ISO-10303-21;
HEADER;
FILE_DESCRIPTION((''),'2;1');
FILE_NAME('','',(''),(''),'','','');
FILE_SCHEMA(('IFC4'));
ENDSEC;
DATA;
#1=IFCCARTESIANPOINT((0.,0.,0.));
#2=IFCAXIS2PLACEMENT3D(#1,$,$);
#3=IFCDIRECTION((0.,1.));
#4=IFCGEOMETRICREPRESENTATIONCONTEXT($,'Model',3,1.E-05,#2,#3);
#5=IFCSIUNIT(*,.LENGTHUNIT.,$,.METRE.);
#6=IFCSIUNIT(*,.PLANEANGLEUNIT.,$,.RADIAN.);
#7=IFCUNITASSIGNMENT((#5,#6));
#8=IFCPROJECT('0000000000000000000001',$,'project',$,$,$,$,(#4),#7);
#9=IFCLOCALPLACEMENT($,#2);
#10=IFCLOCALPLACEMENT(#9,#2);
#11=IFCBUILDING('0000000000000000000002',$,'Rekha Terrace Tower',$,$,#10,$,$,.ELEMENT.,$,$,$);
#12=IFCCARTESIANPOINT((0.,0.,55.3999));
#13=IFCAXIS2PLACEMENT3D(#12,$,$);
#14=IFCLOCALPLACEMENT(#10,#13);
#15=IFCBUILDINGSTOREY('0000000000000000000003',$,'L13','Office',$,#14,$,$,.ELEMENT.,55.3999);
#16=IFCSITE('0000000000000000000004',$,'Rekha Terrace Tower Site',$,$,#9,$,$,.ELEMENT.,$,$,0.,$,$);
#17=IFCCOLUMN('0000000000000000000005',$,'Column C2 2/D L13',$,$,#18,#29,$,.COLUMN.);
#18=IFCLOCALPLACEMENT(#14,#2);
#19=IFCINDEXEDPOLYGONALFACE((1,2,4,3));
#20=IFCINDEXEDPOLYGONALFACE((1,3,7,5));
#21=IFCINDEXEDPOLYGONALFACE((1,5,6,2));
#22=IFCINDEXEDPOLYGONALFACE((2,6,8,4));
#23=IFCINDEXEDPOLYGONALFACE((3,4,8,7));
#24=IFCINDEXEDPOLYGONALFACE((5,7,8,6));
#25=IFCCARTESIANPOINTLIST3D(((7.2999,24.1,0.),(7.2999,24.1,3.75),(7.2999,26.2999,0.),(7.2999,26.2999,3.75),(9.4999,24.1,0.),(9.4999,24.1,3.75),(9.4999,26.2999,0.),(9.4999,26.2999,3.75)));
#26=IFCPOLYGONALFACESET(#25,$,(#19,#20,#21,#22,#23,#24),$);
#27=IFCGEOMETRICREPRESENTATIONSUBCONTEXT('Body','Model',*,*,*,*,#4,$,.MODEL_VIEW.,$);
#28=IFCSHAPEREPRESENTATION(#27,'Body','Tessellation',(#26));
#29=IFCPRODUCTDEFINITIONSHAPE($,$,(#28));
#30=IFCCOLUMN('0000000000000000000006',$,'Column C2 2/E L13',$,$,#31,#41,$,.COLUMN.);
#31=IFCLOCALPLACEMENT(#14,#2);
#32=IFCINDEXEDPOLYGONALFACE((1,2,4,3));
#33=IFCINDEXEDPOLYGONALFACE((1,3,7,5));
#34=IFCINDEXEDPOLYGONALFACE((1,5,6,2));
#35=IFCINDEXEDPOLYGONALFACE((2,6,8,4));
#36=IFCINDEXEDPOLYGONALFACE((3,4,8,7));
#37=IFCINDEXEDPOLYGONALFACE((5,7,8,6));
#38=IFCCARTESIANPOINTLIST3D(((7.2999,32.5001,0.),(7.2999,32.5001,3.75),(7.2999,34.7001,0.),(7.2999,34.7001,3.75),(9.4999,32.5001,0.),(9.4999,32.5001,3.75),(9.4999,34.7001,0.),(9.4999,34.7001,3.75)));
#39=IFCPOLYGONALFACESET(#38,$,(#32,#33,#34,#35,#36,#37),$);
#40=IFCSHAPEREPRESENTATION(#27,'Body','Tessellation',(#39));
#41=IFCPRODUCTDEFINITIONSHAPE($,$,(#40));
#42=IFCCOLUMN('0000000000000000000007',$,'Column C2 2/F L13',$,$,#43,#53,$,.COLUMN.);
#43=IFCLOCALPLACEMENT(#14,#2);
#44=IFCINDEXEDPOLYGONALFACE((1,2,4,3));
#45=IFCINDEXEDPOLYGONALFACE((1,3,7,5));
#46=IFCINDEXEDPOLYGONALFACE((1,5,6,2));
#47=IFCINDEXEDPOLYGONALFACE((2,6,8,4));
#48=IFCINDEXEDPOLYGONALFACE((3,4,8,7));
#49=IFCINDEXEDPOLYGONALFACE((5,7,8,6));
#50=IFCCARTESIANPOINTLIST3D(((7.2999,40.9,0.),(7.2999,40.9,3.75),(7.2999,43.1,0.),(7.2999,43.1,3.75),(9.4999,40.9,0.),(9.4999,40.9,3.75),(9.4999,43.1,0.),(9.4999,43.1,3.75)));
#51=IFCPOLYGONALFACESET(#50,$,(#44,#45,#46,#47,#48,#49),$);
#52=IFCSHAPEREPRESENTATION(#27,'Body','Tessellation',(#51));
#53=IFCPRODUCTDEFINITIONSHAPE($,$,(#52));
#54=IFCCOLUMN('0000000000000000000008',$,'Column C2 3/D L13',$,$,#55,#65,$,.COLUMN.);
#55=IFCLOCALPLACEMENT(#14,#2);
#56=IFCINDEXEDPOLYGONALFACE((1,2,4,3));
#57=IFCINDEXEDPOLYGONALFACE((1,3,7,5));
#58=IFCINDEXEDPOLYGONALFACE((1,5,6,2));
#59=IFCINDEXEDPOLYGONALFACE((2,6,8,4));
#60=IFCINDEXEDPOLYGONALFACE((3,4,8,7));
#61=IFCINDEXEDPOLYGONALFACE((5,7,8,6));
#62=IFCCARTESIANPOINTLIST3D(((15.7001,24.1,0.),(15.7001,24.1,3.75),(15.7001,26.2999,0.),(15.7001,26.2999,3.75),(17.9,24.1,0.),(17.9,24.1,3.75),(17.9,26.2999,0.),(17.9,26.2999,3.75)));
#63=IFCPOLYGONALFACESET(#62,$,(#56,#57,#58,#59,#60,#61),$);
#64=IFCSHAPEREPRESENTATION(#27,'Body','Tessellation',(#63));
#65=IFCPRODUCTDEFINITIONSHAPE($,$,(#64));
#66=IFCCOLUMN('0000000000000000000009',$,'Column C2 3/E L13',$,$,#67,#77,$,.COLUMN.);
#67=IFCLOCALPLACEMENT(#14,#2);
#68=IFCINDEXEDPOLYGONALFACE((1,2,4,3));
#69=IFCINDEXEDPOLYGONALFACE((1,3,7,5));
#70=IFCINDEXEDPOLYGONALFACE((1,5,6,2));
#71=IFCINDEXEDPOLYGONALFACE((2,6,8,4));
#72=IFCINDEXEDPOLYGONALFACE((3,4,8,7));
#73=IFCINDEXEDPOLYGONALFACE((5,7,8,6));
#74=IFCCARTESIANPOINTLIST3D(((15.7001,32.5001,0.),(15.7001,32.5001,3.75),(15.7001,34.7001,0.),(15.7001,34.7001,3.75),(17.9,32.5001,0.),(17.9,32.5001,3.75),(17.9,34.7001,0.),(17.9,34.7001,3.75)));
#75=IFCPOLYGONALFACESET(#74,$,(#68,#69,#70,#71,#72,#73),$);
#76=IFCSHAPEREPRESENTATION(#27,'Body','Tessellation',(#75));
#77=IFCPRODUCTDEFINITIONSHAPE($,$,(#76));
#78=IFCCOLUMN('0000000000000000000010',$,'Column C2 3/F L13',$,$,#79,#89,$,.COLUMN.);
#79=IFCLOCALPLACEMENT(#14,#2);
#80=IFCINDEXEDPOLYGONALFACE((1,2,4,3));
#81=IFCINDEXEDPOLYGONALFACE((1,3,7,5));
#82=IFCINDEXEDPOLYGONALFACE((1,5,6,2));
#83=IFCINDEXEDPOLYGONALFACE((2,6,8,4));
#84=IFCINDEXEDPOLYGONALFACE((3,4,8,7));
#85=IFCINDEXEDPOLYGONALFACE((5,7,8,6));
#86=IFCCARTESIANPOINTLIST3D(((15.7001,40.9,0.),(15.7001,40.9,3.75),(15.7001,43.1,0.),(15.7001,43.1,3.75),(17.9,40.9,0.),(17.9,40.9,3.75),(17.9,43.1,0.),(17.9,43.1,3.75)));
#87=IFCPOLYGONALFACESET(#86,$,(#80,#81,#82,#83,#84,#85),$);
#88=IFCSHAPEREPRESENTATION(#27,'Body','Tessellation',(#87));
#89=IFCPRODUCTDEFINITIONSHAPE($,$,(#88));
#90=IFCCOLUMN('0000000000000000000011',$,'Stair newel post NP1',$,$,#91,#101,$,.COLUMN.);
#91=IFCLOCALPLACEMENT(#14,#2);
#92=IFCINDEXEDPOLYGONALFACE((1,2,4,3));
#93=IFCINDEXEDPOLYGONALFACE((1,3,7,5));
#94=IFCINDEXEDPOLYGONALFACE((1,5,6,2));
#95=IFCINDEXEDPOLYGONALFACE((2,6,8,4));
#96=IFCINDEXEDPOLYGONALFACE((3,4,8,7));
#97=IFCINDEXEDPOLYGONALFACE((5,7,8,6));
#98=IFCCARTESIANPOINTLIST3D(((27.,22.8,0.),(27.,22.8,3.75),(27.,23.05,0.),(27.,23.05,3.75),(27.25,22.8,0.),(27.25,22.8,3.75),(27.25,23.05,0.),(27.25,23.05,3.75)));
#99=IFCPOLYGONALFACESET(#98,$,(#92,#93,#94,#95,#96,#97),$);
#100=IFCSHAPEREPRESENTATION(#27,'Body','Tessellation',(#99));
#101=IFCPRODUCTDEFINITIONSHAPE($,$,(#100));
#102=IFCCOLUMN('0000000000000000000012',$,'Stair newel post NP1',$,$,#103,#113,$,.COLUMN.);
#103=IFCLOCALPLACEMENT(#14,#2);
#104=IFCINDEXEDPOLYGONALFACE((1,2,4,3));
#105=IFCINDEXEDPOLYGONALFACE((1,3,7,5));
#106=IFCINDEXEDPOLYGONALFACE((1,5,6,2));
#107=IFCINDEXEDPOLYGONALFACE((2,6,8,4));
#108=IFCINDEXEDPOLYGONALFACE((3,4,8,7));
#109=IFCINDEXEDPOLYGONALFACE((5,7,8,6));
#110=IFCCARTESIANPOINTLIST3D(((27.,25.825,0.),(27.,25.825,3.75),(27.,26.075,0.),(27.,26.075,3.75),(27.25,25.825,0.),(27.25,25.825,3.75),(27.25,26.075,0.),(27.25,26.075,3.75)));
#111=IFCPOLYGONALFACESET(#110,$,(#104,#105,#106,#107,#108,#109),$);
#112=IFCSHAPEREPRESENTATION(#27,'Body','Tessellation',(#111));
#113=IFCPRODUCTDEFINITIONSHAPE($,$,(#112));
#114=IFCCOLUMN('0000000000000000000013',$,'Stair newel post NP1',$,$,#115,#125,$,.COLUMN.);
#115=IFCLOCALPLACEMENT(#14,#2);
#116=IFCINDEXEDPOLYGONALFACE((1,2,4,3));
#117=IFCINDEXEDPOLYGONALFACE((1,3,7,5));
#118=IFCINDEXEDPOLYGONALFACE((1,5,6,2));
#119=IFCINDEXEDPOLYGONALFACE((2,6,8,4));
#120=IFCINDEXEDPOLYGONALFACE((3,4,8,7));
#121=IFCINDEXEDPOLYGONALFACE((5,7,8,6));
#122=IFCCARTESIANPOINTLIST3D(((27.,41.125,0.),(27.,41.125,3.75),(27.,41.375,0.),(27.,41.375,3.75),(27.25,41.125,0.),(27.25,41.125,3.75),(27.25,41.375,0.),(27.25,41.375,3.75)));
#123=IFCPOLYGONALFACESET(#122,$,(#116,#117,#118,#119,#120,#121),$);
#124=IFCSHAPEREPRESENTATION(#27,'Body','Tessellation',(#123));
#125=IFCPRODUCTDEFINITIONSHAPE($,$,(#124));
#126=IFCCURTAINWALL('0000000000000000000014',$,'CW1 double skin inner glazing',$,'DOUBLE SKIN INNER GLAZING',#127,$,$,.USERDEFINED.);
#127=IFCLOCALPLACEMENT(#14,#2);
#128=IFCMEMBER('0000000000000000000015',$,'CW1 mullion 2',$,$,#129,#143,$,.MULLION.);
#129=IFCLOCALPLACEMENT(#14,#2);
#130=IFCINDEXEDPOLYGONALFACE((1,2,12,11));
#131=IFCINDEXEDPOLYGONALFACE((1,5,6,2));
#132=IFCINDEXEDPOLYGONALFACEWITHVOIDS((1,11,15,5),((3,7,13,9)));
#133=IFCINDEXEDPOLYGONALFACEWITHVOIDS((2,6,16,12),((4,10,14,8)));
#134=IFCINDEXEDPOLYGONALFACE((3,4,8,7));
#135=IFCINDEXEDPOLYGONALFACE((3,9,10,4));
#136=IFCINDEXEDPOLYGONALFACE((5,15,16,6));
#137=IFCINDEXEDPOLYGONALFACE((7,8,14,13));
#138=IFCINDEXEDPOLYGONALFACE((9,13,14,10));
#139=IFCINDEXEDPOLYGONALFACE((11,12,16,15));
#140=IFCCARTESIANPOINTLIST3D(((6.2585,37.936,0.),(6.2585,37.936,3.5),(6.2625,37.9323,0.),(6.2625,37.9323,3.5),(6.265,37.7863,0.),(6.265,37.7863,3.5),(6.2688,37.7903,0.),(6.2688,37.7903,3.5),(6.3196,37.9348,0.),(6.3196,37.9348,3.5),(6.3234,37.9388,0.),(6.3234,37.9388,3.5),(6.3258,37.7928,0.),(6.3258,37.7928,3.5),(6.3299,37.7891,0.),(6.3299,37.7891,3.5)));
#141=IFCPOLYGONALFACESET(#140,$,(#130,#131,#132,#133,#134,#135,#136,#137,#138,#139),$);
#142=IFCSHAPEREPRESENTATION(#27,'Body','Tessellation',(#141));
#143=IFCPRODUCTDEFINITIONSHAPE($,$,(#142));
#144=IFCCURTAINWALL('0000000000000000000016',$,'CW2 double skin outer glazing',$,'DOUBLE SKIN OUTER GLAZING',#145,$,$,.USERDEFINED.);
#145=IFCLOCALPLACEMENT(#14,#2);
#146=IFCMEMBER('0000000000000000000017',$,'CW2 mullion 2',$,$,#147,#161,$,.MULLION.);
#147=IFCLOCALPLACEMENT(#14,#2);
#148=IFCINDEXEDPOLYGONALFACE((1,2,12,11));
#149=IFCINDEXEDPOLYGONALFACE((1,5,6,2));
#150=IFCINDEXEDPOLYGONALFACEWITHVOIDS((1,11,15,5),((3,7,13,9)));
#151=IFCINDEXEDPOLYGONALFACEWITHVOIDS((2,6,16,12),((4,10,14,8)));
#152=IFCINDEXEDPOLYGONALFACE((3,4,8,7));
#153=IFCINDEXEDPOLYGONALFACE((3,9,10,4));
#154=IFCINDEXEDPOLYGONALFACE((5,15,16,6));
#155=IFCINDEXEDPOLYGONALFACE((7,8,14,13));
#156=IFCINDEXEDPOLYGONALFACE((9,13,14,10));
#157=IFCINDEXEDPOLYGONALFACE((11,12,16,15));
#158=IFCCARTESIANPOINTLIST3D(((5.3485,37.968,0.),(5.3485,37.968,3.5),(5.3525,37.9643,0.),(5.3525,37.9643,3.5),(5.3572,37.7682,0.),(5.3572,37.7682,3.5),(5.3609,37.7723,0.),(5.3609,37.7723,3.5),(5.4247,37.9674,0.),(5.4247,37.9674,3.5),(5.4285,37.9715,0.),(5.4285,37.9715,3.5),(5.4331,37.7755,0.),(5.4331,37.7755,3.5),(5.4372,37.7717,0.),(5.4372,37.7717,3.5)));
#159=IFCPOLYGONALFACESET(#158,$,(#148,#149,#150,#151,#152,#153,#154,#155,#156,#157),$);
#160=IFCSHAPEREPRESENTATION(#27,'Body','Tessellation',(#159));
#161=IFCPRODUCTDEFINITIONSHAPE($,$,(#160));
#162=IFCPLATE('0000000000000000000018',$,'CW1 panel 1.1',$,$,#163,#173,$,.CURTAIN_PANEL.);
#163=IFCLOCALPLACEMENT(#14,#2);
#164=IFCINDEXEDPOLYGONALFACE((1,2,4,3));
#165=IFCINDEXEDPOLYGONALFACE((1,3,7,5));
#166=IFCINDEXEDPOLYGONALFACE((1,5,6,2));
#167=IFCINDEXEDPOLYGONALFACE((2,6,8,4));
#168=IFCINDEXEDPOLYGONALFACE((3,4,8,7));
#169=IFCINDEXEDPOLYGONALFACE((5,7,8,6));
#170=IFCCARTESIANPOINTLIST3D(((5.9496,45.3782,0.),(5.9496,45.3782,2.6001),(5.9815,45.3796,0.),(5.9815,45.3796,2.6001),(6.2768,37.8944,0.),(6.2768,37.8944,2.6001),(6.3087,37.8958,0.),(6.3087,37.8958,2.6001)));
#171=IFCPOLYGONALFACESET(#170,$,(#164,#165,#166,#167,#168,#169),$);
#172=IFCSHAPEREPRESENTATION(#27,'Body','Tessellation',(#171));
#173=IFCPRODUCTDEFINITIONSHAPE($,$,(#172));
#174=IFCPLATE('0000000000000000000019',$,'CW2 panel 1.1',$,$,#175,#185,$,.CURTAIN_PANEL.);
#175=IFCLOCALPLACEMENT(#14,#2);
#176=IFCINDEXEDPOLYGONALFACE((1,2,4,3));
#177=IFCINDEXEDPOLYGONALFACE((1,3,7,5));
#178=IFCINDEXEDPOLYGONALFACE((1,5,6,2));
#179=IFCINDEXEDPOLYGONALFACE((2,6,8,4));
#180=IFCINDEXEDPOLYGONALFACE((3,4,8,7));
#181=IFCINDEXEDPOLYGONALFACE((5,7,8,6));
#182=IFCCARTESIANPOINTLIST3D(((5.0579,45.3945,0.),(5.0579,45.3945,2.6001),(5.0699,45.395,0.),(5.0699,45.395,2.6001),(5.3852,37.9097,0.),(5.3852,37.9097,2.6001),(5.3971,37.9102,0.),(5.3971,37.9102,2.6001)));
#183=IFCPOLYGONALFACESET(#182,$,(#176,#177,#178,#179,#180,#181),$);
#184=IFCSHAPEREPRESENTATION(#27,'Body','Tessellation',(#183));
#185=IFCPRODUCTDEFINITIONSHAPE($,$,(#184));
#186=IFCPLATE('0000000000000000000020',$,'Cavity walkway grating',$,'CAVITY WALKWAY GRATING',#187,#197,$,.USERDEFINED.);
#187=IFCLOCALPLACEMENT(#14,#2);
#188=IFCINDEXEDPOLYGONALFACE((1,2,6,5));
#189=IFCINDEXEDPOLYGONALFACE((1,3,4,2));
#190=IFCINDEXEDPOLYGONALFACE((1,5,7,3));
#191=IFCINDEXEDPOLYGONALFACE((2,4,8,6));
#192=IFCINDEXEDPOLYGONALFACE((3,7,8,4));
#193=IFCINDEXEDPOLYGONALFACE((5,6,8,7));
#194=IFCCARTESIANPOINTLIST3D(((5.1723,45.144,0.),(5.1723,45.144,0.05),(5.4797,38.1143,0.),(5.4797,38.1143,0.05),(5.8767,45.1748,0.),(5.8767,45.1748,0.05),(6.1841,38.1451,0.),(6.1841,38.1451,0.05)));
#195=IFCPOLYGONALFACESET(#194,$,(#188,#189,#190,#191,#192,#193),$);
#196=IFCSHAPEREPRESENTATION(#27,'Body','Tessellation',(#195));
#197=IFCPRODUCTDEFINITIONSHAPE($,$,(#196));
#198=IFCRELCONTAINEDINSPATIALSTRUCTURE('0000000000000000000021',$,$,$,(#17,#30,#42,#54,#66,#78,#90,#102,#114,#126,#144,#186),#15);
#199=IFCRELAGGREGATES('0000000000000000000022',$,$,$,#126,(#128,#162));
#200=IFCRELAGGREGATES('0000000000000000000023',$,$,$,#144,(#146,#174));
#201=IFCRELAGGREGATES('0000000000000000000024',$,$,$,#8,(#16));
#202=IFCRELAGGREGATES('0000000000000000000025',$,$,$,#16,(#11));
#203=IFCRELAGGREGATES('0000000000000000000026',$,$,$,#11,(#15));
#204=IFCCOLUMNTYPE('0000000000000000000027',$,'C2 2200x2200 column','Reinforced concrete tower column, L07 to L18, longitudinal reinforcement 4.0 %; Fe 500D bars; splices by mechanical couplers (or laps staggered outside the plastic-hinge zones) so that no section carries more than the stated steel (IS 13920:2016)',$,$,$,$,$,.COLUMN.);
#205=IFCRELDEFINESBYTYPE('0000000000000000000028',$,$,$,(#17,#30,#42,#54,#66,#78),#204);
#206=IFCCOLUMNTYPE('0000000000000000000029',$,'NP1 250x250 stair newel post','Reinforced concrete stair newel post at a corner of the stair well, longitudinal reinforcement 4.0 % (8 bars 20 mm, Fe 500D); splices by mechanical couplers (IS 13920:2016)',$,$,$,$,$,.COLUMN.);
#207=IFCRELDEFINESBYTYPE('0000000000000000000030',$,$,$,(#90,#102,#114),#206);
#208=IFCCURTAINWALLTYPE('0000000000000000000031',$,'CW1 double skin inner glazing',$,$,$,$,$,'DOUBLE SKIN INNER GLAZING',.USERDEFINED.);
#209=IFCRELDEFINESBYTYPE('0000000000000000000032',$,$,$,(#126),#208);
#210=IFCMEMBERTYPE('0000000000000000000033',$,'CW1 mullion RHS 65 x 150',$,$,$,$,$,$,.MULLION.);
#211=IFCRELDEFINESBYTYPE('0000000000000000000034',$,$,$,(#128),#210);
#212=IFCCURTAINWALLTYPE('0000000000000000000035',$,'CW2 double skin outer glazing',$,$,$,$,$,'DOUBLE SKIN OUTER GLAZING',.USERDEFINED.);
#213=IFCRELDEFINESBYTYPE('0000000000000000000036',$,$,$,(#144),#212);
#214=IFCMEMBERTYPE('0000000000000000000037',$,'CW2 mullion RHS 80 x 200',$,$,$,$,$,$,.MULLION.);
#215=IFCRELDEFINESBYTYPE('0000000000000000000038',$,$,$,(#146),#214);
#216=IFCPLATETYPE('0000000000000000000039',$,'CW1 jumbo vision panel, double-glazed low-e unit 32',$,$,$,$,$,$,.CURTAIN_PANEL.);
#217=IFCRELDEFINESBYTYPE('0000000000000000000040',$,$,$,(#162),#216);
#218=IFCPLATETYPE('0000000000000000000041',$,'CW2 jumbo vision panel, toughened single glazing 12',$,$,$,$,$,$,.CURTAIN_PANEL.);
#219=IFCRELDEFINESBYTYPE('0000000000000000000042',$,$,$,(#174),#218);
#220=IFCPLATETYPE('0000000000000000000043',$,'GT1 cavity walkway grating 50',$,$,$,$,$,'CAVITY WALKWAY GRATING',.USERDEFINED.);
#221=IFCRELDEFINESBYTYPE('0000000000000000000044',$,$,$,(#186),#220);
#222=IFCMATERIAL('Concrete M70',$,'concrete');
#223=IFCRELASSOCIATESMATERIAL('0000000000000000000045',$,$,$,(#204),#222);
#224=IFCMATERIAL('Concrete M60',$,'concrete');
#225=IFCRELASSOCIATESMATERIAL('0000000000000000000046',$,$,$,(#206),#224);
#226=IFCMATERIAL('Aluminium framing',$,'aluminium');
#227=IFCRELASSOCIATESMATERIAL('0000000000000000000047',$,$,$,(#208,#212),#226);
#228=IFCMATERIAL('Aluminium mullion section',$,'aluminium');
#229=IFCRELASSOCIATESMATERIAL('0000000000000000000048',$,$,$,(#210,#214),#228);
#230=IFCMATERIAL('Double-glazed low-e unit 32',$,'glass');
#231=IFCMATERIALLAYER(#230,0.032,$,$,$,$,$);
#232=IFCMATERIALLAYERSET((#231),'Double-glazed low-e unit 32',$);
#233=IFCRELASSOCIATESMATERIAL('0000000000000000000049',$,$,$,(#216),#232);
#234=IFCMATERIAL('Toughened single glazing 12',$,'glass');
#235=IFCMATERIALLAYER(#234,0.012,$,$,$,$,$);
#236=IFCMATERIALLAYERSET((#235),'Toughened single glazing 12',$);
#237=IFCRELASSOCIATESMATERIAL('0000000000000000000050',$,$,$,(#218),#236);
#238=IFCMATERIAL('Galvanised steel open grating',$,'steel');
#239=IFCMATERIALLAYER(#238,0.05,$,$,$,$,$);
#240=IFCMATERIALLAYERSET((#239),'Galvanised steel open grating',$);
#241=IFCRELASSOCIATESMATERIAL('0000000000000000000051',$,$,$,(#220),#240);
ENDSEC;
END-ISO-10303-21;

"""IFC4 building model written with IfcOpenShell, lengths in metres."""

from ifc_helpers import new_model, si_unit, direction, frame, origin, origin_2d, place, context, subcontext, project, spatial, rectangle, hollow_rectangle, extrude, material, layer, layer_set, material_profile, profile_set, type_object, element, aggregate, save


model = new_model("IFC4")

# Units and contexts
model_context = context("Model", 3, precision=1e-05, world=origin(), true_north=direction((0.0, 1.0)))
body_context = subcontext(model_context, "Body", "Model", "MODEL_VIEW")
ifc_project = project(units=[si_unit("LENGTHUNIT", "METRE"), si_unit("PLANEANGLEUNIT", "RADIAN")], contexts=[model_context])

# Site, building, storey
site_placement = place(None, origin())
site = spatial("IfcSite", under=ifc_project, at=site_placement, Name="Rekha Terrace Tower Site", CompositionType="ELEMENT", RefElevation=0.0)
building_placement = place(site_placement, origin())
building = spatial("IfcBuilding", under=site, at=building_placement, Name="Rekha Terrace Tower", CompositionType="ELEMENT")
storey_placement = place(building_placement, frame((0.0, 0.0, 55.3999)))
storey = spatial("IfcBuildingStorey", under=building, at=storey_placement, Name="L13", Description="Office", CompositionType="ELEMENT", Elevation=55.3999)

# Columns
ifc_material_1 = material(Name="Concrete M70", Category="concrete")
ifc_material_profile_1 = material_profile(ifc_material_1, rectangle(XDim=2.2, YDim=2.2, at=origin_2d()), Name="RC 2200x2200")
ifc_profile_set_1 = profile_set([ifc_material_profile_1], Name="Concrete M70")
column_type_1 = type_object("IfcColumnType", Name="C2 2200x2200 column", Description="Reinforced concrete tower column, L07 to L18, longitudinal reinforcement 4.0 %; Fe 500D bars; splices by mechanical couplers (or laps staggered outside the plastic-hinge zones) so that no section carries more than the stated steel (IS 13920:2016)", PredefinedType="COLUMN", material=ifc_profile_set_1)
for number, where, z_axis, x_axis, name in (
    (1, (8.3999, 25.2, 0.0), (0.0, 0.0, 1.0), (1.0, 0.0, 0.0), "Column C2 2/D L13"),
    (2, (8.3999, 33.6001, 0.0), (0.0, 0.0, 1.0), (1.0, 0.0, 0.0), "Column C2 2/E L13"),
    (3, (8.3999, 42.0, 0.0), (0.0, 0.0, 1.0), (1.0, 0.0, 0.0), "Column C2 2/F L13"),
    (4, (16.8, 25.2, 0.0), (0.0, 0.0, 1.0), (1.0, 0.0, 0.0), "Column C2 3/D L13"),
    (5, (16.8, 33.6001, 0.0), (0.0, 0.0, 1.0), (1.0, 0.0, 0.0), "Column C2 3/E L13"),
    (6, (16.8, 42.0, 0.0), (0.0, 0.0, 1.0), (1.0, 0.0, 0.0), "Column C2 3/F L13"),
):
    element("IfcColumn", number, at=place(storey_placement, frame(where, z_axis=z_axis, x_axis=x_axis)), inside=storey, type_object=column_type_1, Name=name, PredefinedType="COLUMN", context=body_context, shape_type="SweptSolid", body=[
        extrude(rectangle(XDim=2.2, YDim=2.2, at=origin_2d()), origin(), (0.0, 0.0, 1.0), 3.75),
    ])
ifc_material_2 = material(Name="Concrete M60", Category="concrete")
ifc_material_profile_2 = material_profile(ifc_material_2, rectangle(XDim=0.25, YDim=0.25, at=origin_2d()), Name="RC 250x250")
ifc_profile_set_2 = profile_set([ifc_material_profile_2], Name="Concrete M60")
column_type_2 = type_object("IfcColumnType", Name="NP1 250x250 stair newel post", Description="Reinforced concrete stair newel post at a corner of the stair well, longitudinal reinforcement 4.0 % (8 bars 20 mm, Fe 500D); splices by mechanical couplers (IS 13920:2016)", PredefinedType="COLUMN", material=ifc_profile_set_2)
for number, where, z_axis, x_axis, name in (
    (7, (27.125, 22.925, 0.0), (0.0, 0.0, 1.0), (1.0, 0.0, 0.0), "Stair newel post NP1"),
    (8, (27.125, 25.95, 0.0), (0.0, 0.0, 1.0), (1.0, 0.0, 0.0), "Stair newel post NP1"),
    (9, (27.125, 41.25, 0.0), (0.0, 0.0, 1.0), (1.0, 0.0, 0.0), "Stair newel post NP1"),
):
    element("IfcColumn", number, at=place(storey_placement, frame(where, z_axis=z_axis, x_axis=x_axis)), inside=storey, type_object=column_type_2, Name=name, PredefinedType="COLUMN", context=body_context, shape_type="SweptSolid", body=[
        extrude(rectangle(XDim=0.25, YDim=0.25, at=origin_2d()), origin(), (0.0, 0.0, 1.0), 3.75),
    ])

# Curtain walls, members
ifc_material_3 = material(Name="Aluminium framing", Category="aluminium")
curtain_wall_type_1 = type_object("IfcCurtainWallType", Name="CW1 double skin inner glazing", ElementType="DOUBLE SKIN INNER GLAZING", PredefinedType="USERDEFINED", material=ifc_material_3)
curtain_wall_1_placement = place(storey_placement, origin())
curtain_wall_1 = element("IfcCurtainWall", 10, at=curtain_wall_1_placement, inside=storey, type_object=curtain_wall_type_1, Name="CW1 double skin inner glazing", ObjectType="DOUBLE SKIN INNER GLAZING", PredefinedType="USERDEFINED")
ifc_material_4 = material(Name="Aluminium mullion section", Category="aluminium")
ifc_material_profile_3 = material_profile(ifc_material_4, hollow_rectangle(XDim=0.0649, YDim=0.1499, WallThickness=0.0039, at=origin_2d()), Name="AL RHS 65x150")
ifc_profile_set_3 = profile_set([ifc_material_profile_3], Name="Aluminium mullion section")
member_type_1 = type_object("IfcMemberType", Name="CW1 mullion RHS 65 x 150", PredefinedType="MULLION", material=ifc_profile_set_3)
member_1_placement = place(storey_placement, frame((6.2942, 37.8625, 0.0), z_axis=(0.0, 0.0, 1.0), x_axis=(0.999045, 0.043683, 0.0)))
member_1 = element("IfcMember", 11, at=member_1_placement, type_object=member_type_1, Name="CW1 mullion 2", PredefinedType="MULLION", context=body_context, shape_type="SweptSolid", body=[
    extrude(hollow_rectangle(XDim=0.0649, YDim=0.1499, WallThickness=0.0039, at=origin_2d()), origin(), (0.0, 0.0, 1.0), 3.5),
])
curtain_wall_type_2 = type_object("IfcCurtainWallType", Name="CW2 double skin outer glazing", ElementType="DOUBLE SKIN OUTER GLAZING", PredefinedType="USERDEFINED", material=ifc_material_3)
curtain_wall_2_placement = place(storey_placement, origin())
curtain_wall_2 = element("IfcCurtainWall", 12, at=curtain_wall_2_placement, inside=storey, type_object=curtain_wall_type_2, Name="CW2 double skin outer glazing", ObjectType="DOUBLE SKIN OUTER GLAZING", PredefinedType="USERDEFINED")
ifc_material_profile_4 = material_profile(ifc_material_4, hollow_rectangle(XDim=0.0801, YDim=0.2, WallThickness=0.0039, at=origin_2d()), Name="AL RHS 80x200")
ifc_profile_set_4 = profile_set([ifc_material_profile_4], Name="Aluminium mullion section")
member_type_2 = type_object("IfcMemberType", Name="CW2 mullion RHS 80 x 200", PredefinedType="MULLION", material=ifc_profile_set_4)
member_2_placement = place(storey_placement, frame((5.3928, 37.8699, 0.0), z_axis=(0.0, 0.0, 1.0), x_axis=(0.999045, 0.043683, 0.0)))
member_2 = element("IfcMember", 13, at=member_2_placement, type_object=member_type_2, Name="CW2 mullion 2", PredefinedType="MULLION", context=body_context, shape_type="SweptSolid", body=[
    extrude(hollow_rectangle(XDim=0.0801, YDim=0.2, WallThickness=0.0039, at=origin_2d()), origin(), (0.0, 0.0, 1.0), 3.5),
])

# Plates
ifc_material_5 = material(Name="Double-glazed low-e unit 32", Category="glass")
ifc_layer_1 = layer(ifc_material_5, 0.032)
ifc_layer_set_1 = layer_set([ifc_layer_1], Name="Double-glazed low-e unit 32")
plate_type_1 = type_object("IfcPlateType", Name="CW1 jumbo vision panel, double-glazed low-e unit 32", PredefinedType="CURTAIN_PANEL", material=ifc_layer_set_1)
plate_1_placement = place(storey_placement, frame((6.1292, 41.637, 0.0), z_axis=(0.0, 0.0, 1.0), x_axis=(0.043683, -0.999045, 0.0)))
plate_1 = element("IfcPlate", 14, at=plate_1_placement, type_object=plate_type_1, Name="CW1 panel 1.1", PredefinedType="CURTAIN_PANEL", context=body_context, shape_type="SweptSolid", body=[
    extrude(rectangle(XDim=7.491, YDim=0.032, at=origin_2d()), origin(), (0.0, 0.0, 1.0), 2.6001),
])
aggregate(curtain_wall_1, [member_1, plate_1])
ifc_material_6 = material(Name="Toughened single glazing 12", Category="glass")
ifc_layer_2 = layer(ifc_material_6, 0.012)
ifc_layer_set_2 = layer_set([ifc_layer_2], Name="Toughened single glazing 12")
plate_type_2 = type_object("IfcPlateType", Name="CW2 jumbo vision panel, toughened single glazing 12", PredefinedType="CURTAIN_PANEL", material=ifc_layer_set_2)
plate_2_placement = place(storey_placement, frame((5.2275, 41.6523, 0.0), z_axis=(0.0, 0.0, 1.0), x_axis=(0.043683, -0.999045, 0.0)))
plate_2 = element("IfcPlate", 15, at=plate_2_placement, type_object=plate_type_2, Name="CW2 panel 1.1", PredefinedType="CURTAIN_PANEL", context=body_context, shape_type="SweptSolid", body=[
    extrude(rectangle(XDim=7.4919, YDim=0.012, at=origin_2d()), origin(), (0.0, 0.0, 1.0), 2.6001),
])
aggregate(curtain_wall_2, [member_2, plate_2])
ifc_material_7 = material(Name="Galvanised steel open grating", Category="steel")
ifc_layer_3 = layer(ifc_material_7, 0.05)
ifc_layer_set_3 = layer_set([ifc_layer_3], Name="Galvanised steel open grating")
plate_type_3 = type_object("IfcPlateType", Name="GT1 cavity walkway grating 50", ElementType="CAVITY WALKWAY GRATING", PredefinedType="USERDEFINED", material=ifc_layer_set_3)
plate_3_placement = place(storey_placement, frame((5.6782, 41.6445, 0.0), z_axis=(0.0, 0.0, 1.0), x_axis=(0.043683, -0.999045, 0.0)))
element("IfcPlate", 16, at=plate_3_placement, inside=storey, type_object=plate_type_3, Name="Cavity walkway grating", ObjectType="CAVITY WALKWAY GRATING", PredefinedType="USERDEFINED", context=body_context, shape_type="SweptSolid", body=[
    extrude(rectangle(XDim=7.0364, YDim=0.7051, at=origin_2d()), origin(), (0.0, 0.0, 1.0), 0.05),
])

save(model, "model.ifc")
